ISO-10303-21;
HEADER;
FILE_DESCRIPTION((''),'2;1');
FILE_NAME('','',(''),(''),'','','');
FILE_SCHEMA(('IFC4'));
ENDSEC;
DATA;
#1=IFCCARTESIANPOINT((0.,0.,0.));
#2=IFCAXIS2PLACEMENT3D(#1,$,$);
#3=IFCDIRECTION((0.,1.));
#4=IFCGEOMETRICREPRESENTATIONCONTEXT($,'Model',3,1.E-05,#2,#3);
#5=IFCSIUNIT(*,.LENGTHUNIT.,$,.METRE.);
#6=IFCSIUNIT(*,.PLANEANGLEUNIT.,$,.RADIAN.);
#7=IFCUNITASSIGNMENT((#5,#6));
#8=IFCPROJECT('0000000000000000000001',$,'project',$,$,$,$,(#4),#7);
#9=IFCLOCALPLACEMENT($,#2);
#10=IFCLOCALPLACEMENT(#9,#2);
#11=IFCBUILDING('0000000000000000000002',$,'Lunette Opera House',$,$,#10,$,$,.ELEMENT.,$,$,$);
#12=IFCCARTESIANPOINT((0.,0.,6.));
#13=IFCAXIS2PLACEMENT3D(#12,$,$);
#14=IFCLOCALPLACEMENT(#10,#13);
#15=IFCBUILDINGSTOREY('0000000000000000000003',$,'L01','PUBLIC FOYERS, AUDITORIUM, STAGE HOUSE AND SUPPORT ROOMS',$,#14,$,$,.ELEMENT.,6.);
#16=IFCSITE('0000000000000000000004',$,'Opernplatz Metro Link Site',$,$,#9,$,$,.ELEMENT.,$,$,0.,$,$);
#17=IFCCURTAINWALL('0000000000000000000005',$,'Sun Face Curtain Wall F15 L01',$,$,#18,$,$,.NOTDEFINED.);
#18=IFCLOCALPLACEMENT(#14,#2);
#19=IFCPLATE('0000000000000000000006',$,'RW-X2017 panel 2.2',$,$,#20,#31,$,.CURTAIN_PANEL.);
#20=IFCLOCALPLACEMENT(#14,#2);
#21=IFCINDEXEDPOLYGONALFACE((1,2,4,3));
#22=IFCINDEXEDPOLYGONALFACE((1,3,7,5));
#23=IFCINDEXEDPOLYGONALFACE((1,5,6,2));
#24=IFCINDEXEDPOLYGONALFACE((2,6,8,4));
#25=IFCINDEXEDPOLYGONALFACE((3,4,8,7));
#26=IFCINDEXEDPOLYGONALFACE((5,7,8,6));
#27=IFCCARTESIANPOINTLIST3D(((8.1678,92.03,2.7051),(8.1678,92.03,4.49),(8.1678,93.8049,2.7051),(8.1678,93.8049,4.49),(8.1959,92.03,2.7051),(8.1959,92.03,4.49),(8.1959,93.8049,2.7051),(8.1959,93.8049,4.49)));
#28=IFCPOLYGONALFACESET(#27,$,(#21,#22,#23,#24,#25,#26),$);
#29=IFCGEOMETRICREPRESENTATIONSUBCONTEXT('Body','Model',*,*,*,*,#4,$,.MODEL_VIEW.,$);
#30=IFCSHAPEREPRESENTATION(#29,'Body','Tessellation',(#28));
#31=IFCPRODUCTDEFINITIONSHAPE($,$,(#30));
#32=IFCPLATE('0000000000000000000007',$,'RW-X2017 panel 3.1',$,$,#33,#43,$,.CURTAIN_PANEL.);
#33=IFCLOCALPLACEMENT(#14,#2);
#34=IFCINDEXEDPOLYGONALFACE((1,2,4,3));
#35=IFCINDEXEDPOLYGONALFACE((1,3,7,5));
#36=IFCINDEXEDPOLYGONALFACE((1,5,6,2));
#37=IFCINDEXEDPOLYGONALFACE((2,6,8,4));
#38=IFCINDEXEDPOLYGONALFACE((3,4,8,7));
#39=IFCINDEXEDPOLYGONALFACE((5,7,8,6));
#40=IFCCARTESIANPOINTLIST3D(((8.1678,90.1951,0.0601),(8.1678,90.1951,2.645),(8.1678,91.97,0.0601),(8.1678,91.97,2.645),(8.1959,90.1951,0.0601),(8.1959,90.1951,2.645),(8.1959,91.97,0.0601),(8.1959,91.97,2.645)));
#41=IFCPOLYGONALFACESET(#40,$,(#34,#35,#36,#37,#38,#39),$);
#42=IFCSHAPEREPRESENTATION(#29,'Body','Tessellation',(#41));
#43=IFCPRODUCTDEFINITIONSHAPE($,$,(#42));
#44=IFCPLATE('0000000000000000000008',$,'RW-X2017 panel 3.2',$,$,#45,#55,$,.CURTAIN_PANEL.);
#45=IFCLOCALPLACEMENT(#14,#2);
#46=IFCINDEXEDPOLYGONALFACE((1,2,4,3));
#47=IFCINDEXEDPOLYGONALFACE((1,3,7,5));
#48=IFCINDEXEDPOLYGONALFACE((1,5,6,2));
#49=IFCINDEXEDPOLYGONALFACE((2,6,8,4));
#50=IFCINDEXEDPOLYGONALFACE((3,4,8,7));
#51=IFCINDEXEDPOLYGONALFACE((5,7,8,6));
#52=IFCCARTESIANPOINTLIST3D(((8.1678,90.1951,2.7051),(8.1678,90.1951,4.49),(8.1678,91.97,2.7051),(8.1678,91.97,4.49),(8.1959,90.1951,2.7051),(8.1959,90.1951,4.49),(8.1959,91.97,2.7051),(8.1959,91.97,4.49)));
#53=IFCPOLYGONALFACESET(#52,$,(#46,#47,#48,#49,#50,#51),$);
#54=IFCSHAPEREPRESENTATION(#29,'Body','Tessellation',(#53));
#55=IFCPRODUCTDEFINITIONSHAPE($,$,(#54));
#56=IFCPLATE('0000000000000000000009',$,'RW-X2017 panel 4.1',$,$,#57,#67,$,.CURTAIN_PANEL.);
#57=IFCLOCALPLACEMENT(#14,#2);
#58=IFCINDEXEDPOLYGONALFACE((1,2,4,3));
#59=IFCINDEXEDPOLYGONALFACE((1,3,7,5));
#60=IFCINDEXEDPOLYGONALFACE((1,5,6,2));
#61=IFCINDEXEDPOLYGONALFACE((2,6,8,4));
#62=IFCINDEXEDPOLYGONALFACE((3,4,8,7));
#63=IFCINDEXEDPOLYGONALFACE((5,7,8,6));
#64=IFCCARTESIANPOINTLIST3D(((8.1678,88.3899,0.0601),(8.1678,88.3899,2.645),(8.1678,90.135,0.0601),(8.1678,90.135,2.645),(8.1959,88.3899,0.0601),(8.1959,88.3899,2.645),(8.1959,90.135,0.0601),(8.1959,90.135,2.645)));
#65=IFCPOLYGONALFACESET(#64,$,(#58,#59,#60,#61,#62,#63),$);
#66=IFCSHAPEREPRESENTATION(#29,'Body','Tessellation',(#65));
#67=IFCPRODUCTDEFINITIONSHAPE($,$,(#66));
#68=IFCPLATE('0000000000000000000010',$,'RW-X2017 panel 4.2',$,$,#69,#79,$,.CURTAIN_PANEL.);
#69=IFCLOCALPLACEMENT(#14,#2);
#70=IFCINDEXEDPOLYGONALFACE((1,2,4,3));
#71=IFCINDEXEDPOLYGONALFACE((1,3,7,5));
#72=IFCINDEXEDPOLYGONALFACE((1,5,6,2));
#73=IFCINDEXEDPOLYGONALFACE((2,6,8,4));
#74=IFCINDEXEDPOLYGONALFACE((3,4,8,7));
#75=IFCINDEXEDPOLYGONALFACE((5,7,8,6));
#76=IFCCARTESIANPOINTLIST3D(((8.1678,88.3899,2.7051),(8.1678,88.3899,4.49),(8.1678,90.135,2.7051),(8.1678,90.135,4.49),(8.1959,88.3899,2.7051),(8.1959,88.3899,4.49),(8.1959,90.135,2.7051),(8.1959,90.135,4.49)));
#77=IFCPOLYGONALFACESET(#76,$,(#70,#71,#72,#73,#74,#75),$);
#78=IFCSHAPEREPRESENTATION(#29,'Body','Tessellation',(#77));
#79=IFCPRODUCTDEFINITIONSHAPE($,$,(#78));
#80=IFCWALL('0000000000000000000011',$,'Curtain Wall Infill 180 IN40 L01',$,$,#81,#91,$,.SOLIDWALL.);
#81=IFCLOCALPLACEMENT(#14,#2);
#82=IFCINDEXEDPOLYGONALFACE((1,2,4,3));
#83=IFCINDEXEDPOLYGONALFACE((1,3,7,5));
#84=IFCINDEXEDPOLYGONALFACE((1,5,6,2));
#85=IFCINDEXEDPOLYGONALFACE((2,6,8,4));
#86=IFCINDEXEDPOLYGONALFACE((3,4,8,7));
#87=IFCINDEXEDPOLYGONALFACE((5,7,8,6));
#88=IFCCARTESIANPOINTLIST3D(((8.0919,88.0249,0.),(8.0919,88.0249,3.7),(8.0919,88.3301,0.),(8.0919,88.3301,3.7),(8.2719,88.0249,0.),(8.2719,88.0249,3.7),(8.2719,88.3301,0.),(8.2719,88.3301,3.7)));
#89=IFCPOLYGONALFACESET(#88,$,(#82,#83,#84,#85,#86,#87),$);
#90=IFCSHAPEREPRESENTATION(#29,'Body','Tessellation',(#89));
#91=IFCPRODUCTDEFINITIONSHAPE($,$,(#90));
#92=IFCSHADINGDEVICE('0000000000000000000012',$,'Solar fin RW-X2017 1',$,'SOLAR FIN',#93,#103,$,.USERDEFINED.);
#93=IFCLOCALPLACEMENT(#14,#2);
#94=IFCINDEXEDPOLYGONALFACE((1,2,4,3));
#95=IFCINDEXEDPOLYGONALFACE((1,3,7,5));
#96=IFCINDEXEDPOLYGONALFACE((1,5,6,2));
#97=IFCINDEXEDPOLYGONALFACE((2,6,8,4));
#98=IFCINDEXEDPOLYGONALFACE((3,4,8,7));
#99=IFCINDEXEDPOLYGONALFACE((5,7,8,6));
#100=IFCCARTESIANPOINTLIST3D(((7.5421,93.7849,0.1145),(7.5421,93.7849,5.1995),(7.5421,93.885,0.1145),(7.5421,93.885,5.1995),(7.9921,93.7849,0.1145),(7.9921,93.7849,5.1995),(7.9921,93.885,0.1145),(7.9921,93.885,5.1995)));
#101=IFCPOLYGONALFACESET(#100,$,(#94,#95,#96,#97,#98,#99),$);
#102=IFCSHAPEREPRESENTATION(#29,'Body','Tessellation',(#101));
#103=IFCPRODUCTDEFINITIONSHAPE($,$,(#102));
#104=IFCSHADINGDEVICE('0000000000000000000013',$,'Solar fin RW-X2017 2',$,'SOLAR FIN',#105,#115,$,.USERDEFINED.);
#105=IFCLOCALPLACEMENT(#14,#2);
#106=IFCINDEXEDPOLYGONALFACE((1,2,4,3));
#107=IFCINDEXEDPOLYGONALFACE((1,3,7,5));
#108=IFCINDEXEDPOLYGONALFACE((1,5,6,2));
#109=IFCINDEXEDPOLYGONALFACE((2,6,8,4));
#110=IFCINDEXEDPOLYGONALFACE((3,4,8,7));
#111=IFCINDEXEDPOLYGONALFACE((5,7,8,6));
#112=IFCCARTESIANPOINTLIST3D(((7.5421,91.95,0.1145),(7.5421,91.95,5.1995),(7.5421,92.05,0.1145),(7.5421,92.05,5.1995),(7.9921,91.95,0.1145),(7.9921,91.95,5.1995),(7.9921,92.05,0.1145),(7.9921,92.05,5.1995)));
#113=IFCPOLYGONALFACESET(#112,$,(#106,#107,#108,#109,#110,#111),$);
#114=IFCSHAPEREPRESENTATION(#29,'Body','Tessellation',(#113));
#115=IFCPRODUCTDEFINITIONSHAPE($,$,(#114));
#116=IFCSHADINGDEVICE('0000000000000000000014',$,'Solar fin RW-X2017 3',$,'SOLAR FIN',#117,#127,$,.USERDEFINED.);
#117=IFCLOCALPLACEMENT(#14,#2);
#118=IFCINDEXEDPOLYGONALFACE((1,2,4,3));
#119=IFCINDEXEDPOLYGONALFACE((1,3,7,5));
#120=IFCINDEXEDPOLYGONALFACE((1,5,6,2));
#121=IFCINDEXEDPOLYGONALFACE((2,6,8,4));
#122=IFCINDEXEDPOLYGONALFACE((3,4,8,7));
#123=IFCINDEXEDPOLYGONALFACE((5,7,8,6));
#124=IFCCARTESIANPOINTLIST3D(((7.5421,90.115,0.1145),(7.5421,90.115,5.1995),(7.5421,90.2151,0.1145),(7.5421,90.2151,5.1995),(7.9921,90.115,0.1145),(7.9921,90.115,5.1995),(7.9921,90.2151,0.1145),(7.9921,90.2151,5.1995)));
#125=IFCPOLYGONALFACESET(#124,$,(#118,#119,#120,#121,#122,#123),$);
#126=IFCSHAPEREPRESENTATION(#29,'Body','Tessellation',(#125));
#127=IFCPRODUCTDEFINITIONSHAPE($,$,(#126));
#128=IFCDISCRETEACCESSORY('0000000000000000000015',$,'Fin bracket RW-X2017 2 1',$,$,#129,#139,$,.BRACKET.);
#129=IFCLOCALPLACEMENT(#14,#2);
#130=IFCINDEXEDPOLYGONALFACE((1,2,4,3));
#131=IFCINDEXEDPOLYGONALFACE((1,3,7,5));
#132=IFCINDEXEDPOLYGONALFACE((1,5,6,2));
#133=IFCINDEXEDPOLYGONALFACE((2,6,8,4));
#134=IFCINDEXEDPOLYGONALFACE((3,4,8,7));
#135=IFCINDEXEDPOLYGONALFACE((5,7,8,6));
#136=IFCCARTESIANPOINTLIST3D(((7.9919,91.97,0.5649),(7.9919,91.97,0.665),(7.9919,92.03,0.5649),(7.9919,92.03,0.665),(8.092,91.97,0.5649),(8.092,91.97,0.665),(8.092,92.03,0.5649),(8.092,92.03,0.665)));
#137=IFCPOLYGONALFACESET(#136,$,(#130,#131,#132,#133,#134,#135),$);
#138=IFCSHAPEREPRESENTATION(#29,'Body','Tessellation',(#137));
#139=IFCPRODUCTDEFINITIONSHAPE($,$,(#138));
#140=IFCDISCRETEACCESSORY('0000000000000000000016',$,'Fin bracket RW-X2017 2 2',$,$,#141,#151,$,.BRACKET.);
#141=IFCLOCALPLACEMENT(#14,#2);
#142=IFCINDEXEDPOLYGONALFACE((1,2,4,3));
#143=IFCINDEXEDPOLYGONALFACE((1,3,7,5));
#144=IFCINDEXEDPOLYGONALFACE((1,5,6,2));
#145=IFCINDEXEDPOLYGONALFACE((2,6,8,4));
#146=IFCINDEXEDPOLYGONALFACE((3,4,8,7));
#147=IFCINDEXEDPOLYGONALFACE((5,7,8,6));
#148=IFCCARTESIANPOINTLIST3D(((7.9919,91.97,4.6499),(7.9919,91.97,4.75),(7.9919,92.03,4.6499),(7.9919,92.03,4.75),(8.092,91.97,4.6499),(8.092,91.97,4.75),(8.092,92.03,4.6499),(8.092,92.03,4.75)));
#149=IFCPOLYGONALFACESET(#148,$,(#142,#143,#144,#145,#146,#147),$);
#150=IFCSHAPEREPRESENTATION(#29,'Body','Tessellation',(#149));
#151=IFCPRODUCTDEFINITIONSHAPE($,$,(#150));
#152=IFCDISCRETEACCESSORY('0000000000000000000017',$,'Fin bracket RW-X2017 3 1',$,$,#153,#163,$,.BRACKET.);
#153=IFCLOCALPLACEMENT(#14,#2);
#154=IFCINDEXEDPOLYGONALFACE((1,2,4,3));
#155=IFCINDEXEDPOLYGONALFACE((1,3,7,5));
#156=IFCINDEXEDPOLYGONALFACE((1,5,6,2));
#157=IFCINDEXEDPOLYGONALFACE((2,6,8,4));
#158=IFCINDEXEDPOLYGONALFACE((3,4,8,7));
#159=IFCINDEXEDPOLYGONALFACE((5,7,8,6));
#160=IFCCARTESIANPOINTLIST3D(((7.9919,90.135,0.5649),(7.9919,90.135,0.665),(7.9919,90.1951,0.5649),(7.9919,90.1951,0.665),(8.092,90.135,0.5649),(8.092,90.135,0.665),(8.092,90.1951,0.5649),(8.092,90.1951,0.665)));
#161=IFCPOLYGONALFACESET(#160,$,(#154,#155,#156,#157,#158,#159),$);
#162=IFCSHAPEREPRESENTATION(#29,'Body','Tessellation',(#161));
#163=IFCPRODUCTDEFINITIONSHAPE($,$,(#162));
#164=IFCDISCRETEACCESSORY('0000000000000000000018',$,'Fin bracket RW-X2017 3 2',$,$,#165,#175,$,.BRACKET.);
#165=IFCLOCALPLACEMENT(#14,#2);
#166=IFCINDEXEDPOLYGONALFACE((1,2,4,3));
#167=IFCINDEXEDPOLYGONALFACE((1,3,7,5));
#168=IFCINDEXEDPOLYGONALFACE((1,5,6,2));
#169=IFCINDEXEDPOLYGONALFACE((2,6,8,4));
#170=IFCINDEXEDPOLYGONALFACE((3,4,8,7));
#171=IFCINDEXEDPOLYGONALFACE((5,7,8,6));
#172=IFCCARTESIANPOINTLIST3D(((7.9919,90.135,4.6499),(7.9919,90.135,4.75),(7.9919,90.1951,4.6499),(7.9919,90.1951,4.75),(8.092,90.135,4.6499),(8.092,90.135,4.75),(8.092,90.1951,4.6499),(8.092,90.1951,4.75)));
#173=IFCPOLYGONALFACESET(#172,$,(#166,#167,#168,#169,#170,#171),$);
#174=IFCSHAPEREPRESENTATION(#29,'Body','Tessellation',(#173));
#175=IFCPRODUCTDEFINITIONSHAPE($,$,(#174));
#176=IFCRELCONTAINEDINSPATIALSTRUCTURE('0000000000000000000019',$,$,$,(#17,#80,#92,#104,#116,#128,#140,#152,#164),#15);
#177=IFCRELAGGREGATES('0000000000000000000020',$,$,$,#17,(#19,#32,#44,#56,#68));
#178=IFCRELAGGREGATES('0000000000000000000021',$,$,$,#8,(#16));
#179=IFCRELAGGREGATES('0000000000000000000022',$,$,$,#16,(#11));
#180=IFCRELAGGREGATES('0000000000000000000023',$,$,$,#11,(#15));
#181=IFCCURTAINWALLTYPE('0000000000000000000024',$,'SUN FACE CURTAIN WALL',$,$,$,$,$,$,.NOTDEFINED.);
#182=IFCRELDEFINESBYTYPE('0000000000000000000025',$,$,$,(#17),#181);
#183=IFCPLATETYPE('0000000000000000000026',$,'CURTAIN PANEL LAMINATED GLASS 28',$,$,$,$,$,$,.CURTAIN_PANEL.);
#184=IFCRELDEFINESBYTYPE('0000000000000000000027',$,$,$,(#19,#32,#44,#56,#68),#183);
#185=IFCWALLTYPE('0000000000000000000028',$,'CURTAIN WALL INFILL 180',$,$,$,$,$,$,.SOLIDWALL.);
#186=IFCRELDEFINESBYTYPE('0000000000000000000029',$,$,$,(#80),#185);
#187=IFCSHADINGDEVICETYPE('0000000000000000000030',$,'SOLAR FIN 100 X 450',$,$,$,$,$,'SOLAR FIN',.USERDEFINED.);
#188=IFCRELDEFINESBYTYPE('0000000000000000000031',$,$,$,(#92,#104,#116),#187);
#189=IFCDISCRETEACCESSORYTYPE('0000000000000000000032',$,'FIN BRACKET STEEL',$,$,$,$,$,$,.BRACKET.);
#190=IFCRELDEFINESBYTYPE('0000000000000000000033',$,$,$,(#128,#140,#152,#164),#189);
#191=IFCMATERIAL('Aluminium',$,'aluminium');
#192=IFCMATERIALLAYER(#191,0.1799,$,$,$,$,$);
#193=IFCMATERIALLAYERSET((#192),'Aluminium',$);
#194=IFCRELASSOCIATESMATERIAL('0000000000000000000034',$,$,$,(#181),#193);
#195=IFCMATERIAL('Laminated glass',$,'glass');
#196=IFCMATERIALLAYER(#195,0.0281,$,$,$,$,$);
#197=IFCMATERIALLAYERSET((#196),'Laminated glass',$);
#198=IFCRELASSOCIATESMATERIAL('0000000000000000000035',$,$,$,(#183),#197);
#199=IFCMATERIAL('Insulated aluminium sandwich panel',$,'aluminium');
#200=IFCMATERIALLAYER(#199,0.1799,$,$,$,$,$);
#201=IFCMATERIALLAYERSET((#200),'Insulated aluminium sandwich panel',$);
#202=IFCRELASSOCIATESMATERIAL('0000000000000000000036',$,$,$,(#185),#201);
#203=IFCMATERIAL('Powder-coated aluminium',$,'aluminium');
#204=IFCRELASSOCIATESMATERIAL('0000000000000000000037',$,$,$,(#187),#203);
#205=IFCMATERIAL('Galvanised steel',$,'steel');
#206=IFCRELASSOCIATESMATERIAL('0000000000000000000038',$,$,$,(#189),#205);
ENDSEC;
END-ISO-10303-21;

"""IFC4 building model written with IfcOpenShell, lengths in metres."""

from ifc_helpers import new_model, si_unit, direction, frame, frame_2d, origin, origin_2d, place, context, subcontext, project, spatial, rectangle, extrude, material, layer, layer_set, type_object, element, aggregate, save


model = new_model("IFC4")

# Units and contexts
model_context = context("Model", 3, precision=1e-05, world=origin(), true_north=direction((0.0, 1.0)))
body_context = subcontext(model_context, "Body", "Model", "MODEL_VIEW")
ifc_project = project(units=[si_unit("LENGTHUNIT", "METRE"), si_unit("PLANEANGLEUNIT", "RADIAN")], contexts=[model_context])

# Site, building, storey
site_placement = place(None, origin())
site = spatial("IfcSite", under=ifc_project, at=site_placement, Name="Opernplatz Metro Link Site", CompositionType="ELEMENT", RefElevation=0.0)
building_placement = place(site_placement, origin())
building = spatial("IfcBuilding", under=site, at=building_placement, Name="Lunette Opera House", CompositionType="ELEMENT")
storey_placement = place(building_placement, frame((0.0, 0.0, 6.0)))
storey = spatial("IfcBuildingStorey", under=building, at=storey_placement, Name="L01", Description="PUBLIC FOYERS, AUDITORIUM, STAGE HOUSE AND SUPPORT ROOMS", CompositionType="ELEMENT", Elevation=6.0)

# Curtain wall
ifc_material_1 = material(Name="Aluminium", Category="aluminium")
ifc_layer_1 = layer(ifc_material_1, 0.1799)
ifc_layer_set_1 = layer_set([ifc_layer_1], Name="Aluminium")
curtain_wall_type = type_object("IfcCurtainWallType", Name="SUN FACE CURTAIN WALL", PredefinedType="NOTDEFINED", material=ifc_layer_set_1)
curtain_wall_placement = place(storey_placement, origin())
curtain_wall = element("IfcCurtainWall", 1, at=curtain_wall_placement, inside=storey, type_object=curtain_wall_type, Name="Sun Face Curtain Wall F15 L01", PredefinedType="NOTDEFINED")

# Plates
ifc_material_2 = material(Name="Laminated glass", Category="glass")
ifc_layer_2 = layer(ifc_material_2, 0.0281)
ifc_layer_set_2 = layer_set([ifc_layer_2], Name="Laminated glass")
plate_type = type_object("IfcPlateType", Name="CURTAIN PANEL LAMINATED GLASS 28", PredefinedType="CURTAIN_PANEL", material=ifc_layer_set_2)
plate_1_placement = place(storey_placement, frame((8.1819, 92.9175, 2.7051), z_axis=(0.0, 0.0, 1.0), x_axis=(0.0, -1.0, 0.0)))
plate_1 = element("IfcPlate", 2, at=plate_1_placement, type_object=plate_type, Name="RW-X2017 panel 2.2", PredefinedType="CURTAIN_PANEL", context=body_context, shape_type="SweptSolid", body=[
    extrude(rectangle(XDim=1.7749, YDim=0.0281, at=origin_2d()), origin(), (0.0, 0.0, 1.0), 1.7849),
])
plate_2_placement = place(storey_placement, frame((8.1819, 91.0825, 0.0601), z_axis=(0.0, 0.0, 1.0), x_axis=(0.0, -1.0, 0.0)))
plate_2 = element("IfcPlate", 3, at=plate_2_placement, type_object=plate_type, Name="RW-X2017 panel 3.1", PredefinedType="CURTAIN_PANEL", context=body_context, shape_type="SweptSolid", body=[
    extrude(rectangle(XDim=1.7749, YDim=0.0281, at=origin_2d()), origin(), (0.0, 0.0, 1.0), 2.585),
])
plate_3_placement = place(storey_placement, frame((8.1819, 91.0825, 2.7051), z_axis=(0.0, 0.0, 1.0), x_axis=(0.0, -1.0, 0.0)))
plate_3 = element("IfcPlate", 4, at=plate_3_placement, type_object=plate_type, Name="RW-X2017 panel 3.2", PredefinedType="CURTAIN_PANEL", context=body_context, shape_type="SweptSolid", body=[
    extrude(rectangle(XDim=1.7749, YDim=0.0281, at=origin_2d()), origin(), (0.0, 0.0, 1.0), 1.7849),
])
plate_4_placement = place(storey_placement, frame((8.1819, 89.2625, 0.0601), z_axis=(0.0, 0.0, 1.0), x_axis=(0.0, -1.0, 0.0)))
plate_4 = element("IfcPlate", 5, at=plate_4_placement, type_object=plate_type, Name="RW-X2017 panel 4.1", PredefinedType="CURTAIN_PANEL", context=body_context, shape_type="SweptSolid", body=[
    extrude(rectangle(XDim=1.7451, YDim=0.0281, at=origin_2d()), origin(), (0.0, 0.0, 1.0), 2.585),
])
plate_5_placement = place(storey_placement, frame((8.1819, 89.2625, 2.7051), z_axis=(0.0, 0.0, 1.0), x_axis=(0.0, -1.0, 0.0)))
plate_5 = element("IfcPlate", 6, at=plate_5_placement, type_object=plate_type, Name="RW-X2017 panel 4.2", PredefinedType="CURTAIN_PANEL", context=body_context, shape_type="SweptSolid", body=[
    extrude(rectangle(XDim=1.7451, YDim=0.0281, at=origin_2d()), origin(), (0.0, 0.0, 1.0), 1.7849),
])
aggregate(curtain_wall, [plate_1, plate_2, plate_3, plate_4, plate_5])

# Wall
ifc_material_3 = material(Name="Insulated aluminium sandwich panel", Category="aluminium")
ifc_layer_3 = layer(ifc_material_3, 0.1799)
ifc_layer_set_3 = layer_set([ifc_layer_3], Name="Insulated aluminium sandwich panel")
wall_type = type_object("IfcWallType", Name="CURTAIN WALL INFILL 180", PredefinedType="SOLIDWALL", material=ifc_layer_set_3)
wall_placement = place(storey_placement, frame((8.1819, 88.3301, 0.0), z_axis=(0.0, 0.0, 1.0), x_axis=(0.0, -1.0, 0.0)))
element("IfcWall", 7, at=wall_placement, inside=storey, type_object=wall_type, Name="Curtain Wall Infill 180 IN40 L01", PredefinedType="SOLIDWALL", context=body_context, shape_type="SweptSolid", body=[
    extrude(rectangle(XDim=0.3052, YDim=0.1799, at=frame_2d((0.1526, 0.0))), origin(), (0.0, 0.0, 1.0), 3.7),
])

# Shading devices
ifc_material_4 = material(Name="Powder-coated aluminium", Category="aluminium")
shading_device_type = type_object("IfcShadingDeviceType", Name="SOLAR FIN 100 X 450", ElementType="SOLAR FIN", PredefinedType="USERDEFINED", material=ifc_material_4)
for number, where, z_axis, x_axis, name in (
    (8, (7.7671, 93.835, 0.1145), (0.0, 0.0, 1.0), (-1.0, 0.0, 0.0), "Solar fin RW-X2017 1"),
    (9, (7.7671, 92.0, 0.1145), (0.0, 0.0, 1.0), (-1.0, 0.0, 0.0), "Solar fin RW-X2017 2"),
    (10, (7.7671, 90.165, 0.1145), (0.0, 0.0, 1.0), (-1.0, 0.0, 0.0), "Solar fin RW-X2017 3"),
):
    element("IfcShadingDevice", number, at=place(storey_placement, frame(where, z_axis=z_axis, x_axis=x_axis)), inside=storey, type_object=shading_device_type, Name=name, ObjectType="SOLAR FIN", PredefinedType="USERDEFINED", context=body_context, shape_type="SweptSolid", body=[
        extrude(rectangle(XDim=0.45, YDim=0.1001, at=origin_2d()), origin(), (0.0, 0.0, 1.0), 5.085),
    ])

# Discrete accessories
ifc_material_5 = material(Name="Galvanised steel", Category="steel")
discrete_accessory_type = type_object("IfcDiscreteAccessoryType", Name="FIN BRACKET STEEL", PredefinedType="BRACKET", material=ifc_material_5)
for number, where, z_axis, x_axis, name in (
    (11, (8.042, 92.0, 0.5649), (0.0, 0.0, 1.0), (-1.0, 0.0, 0.0), "Fin bracket RW-X2017 2 1"),
    (12, (8.042, 92.0, 4.6499), (0.0, 0.0, 1.0), (-1.0, 0.0, 0.0), "Fin bracket RW-X2017 2 2"),
    (13, (8.042, 90.165, 0.5649), (0.0, 0.0, 1.0), (-1.0, 0.0, 0.0), "Fin bracket RW-X2017 3 1"),
    (14, (8.042, 90.165, 4.6499), (0.0, 0.0, 1.0), (-1.0, 0.0, 0.0), "Fin bracket RW-X2017 3 2"),
):
    element("IfcDiscreteAccessory", number, at=place(storey_placement, frame(where, z_axis=z_axis, x_axis=x_axis)), inside=storey, type_object=discrete_accessory_type, Name=name, PredefinedType="BRACKET", context=body_context, shape_type="SweptSolid", body=[
        extrude(rectangle(XDim=0.1001, YDim=0.0601, at=origin_2d()), origin(), (0.0, 0.0, 1.0), 0.1001),
    ])

save(model, "model.ifc")
